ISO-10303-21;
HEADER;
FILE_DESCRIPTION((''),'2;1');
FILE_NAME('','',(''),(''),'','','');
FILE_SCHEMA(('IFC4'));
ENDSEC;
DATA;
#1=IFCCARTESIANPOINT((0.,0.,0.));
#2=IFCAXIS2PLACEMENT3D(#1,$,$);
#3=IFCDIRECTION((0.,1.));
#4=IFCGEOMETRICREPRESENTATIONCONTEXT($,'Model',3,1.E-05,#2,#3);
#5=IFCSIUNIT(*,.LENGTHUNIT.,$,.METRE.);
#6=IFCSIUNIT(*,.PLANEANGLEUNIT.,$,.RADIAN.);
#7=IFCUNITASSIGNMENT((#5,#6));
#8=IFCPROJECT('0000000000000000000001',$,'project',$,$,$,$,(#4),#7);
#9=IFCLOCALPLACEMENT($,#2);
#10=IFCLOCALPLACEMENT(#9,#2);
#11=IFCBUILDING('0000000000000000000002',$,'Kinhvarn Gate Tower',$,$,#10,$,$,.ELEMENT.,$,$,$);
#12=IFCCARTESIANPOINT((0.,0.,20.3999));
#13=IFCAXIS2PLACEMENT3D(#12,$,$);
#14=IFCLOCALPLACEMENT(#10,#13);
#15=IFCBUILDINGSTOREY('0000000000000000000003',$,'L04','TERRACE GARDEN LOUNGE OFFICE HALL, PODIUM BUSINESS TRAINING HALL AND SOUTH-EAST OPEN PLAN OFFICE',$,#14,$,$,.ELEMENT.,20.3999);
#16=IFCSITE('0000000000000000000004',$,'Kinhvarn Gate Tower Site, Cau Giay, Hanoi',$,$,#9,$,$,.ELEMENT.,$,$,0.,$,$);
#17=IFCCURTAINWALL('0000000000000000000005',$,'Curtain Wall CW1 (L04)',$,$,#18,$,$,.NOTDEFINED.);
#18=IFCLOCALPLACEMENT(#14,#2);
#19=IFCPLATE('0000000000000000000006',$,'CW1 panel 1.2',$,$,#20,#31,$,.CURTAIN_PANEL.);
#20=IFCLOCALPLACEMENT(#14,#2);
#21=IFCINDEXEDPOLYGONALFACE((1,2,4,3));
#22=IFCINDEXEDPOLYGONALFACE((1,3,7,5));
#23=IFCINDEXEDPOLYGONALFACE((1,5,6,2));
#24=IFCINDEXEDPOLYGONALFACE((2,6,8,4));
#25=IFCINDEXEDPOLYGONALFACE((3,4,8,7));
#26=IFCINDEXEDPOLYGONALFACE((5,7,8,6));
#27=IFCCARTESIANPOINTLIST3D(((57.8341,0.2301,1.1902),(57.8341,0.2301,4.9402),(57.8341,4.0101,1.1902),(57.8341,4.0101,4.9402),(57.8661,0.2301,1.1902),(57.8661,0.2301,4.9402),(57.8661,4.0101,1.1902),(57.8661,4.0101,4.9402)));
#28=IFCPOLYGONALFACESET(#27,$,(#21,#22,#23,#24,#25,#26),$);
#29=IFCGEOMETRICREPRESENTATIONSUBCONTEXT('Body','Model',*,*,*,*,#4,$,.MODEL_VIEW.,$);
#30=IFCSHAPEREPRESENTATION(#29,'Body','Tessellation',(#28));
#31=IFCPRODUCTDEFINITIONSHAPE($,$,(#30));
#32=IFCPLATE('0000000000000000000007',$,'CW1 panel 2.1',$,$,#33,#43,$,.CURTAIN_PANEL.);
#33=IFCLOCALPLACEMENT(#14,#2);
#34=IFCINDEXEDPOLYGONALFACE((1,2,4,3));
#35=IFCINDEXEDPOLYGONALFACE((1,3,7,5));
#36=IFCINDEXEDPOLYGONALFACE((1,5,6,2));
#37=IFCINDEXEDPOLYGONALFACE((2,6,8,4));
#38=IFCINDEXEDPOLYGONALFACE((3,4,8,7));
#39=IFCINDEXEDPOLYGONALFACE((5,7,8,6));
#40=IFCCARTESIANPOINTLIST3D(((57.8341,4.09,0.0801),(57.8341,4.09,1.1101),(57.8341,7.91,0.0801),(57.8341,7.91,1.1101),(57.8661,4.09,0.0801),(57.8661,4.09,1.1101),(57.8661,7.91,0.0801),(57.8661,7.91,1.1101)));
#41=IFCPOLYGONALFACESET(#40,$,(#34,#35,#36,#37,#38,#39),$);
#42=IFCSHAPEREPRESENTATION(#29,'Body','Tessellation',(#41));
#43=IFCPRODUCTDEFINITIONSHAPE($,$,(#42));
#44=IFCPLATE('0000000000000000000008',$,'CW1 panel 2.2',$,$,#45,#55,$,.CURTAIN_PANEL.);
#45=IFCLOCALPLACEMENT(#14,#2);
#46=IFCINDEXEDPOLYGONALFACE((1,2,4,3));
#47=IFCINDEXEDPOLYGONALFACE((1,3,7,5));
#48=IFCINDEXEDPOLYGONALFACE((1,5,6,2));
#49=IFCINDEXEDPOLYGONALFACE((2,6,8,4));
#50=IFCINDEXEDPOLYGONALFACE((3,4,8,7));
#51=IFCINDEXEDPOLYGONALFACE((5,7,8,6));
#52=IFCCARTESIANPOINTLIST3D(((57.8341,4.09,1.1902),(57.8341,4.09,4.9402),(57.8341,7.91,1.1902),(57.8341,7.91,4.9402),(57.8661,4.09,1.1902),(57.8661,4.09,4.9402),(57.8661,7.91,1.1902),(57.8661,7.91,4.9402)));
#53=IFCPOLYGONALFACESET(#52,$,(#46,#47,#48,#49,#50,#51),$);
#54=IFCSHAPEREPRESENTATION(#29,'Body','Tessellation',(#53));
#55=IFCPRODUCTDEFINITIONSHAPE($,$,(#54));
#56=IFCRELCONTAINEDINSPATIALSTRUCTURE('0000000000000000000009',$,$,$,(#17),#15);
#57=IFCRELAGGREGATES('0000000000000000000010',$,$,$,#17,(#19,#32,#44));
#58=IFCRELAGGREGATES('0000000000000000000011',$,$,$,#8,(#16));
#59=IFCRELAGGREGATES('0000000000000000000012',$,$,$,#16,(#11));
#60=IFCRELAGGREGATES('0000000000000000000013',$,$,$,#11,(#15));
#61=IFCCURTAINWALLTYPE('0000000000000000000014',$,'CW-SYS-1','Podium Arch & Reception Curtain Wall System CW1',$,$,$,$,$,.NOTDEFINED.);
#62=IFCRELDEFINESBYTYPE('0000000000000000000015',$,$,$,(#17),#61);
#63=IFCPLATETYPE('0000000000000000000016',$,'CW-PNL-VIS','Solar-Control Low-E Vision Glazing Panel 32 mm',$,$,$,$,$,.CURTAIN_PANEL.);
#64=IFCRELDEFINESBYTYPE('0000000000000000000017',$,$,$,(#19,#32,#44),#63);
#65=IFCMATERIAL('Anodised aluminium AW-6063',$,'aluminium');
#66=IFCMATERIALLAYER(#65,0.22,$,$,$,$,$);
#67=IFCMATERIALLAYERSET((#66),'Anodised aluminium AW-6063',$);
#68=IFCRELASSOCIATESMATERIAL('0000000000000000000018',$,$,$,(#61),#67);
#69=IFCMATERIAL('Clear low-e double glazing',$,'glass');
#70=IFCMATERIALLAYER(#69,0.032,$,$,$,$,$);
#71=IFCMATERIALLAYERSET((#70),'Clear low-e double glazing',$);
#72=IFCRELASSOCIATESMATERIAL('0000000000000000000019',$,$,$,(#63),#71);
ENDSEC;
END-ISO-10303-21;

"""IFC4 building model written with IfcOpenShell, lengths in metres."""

from ifc_helpers import new_model, si_unit, direction, frame, origin, origin_2d, place, context, subcontext, project, spatial, rectangle, extrude, material, layer, layer_set, type_object, element, aggregate, save


model = new_model("IFC4")

# Units and contexts
model_context = context("Model", 3, precision=1e-05, world=origin(), true_north=direction((0.0, 1.0)))
body_context = subcontext(model_context, "Body", "Model", "MODEL_VIEW")
ifc_project = project(units=[si_unit("LENGTHUNIT", "METRE"), si_unit("PLANEANGLEUNIT", "RADIAN")], contexts=[model_context])

# Site, building, storey
site_placement = place(None, origin())
site = spatial("IfcSite", under=ifc_project, at=site_placement, Name="Kinhvarn Gate Tower Site, Cau Giay, Hanoi", CompositionType="ELEMENT", RefElevation=0.0)
building_placement = place(site_placement, origin())
building = spatial("IfcBuilding", under=site, at=building_placement, Name="Kinhvarn Gate Tower", CompositionType="ELEMENT")
storey_placement = place(building_placement, frame((0.0, 0.0, 20.3999)))
storey = spatial("IfcBuildingStorey", under=building, at=storey_placement, Name="L04", Description="TERRACE GARDEN LOUNGE OFFICE HALL, PODIUM BUSINESS TRAINING HALL AND SOUTH-EAST OPEN PLAN OFFICE", CompositionType="ELEMENT", Elevation=20.3999)

# Shared definitions
ifc_material_1 = material(Name="Anodised aluminium AW-6063", Category="aluminium")
ifc_layer_1 = layer(ifc_material_1, 0.22)
ifc_layer_set_1 = layer_set([ifc_layer_1], Name="Anodised aluminium AW-6063")
curtain_wall_type = type_object("IfcCurtainWallType", Name="CW-SYS-1", Description="Podium Arch & Reception Curtain Wall System CW1", PredefinedType="NOTDEFINED", material=ifc_layer_set_1)

# Curtain wall
curtain_wall_1_placement = place(storey_placement, origin())
curtain_wall_1 = element("IfcCurtainWall", 1, at=curtain_wall_1_placement, inside=storey, type_object=curtain_wall_type, Name="Curtain Wall CW1 (L04)", PredefinedType="NOTDEFINED")

# Plates
ifc_material_2 = material(Name="Clear low-e double glazing", Category="glass")
ifc_layer_2 = layer(ifc_material_2, 0.032)
ifc_layer_set_2 = layer_set([ifc_layer_2], Name="Clear low-e double glazing")
plate_type = type_object("IfcPlateType", Name="CW-PNL-VIS", Description="Solar-Control Low-E Vision Glazing Panel 32 mm", PredefinedType="CURTAIN_PANEL", material=ifc_layer_set_2)
plate_1_placement = place(storey_placement, frame((57.8501, 2.1201, 1.1902), z_axis=(0.0, 0.0, 1.0), x_axis=(0.0, 1.0, 0.0)))
plate_1 = element("IfcPlate", 2, at=plate_1_placement, type_object=plate_type, Name="CW1 panel 1.2", PredefinedType="CURTAIN_PANEL", context=body_context, shape_type="SweptSolid", body=[
    extrude(rectangle(XDim=3.78, YDim=0.032, at=origin_2d()), origin(), (0.0, 0.0, 1.0), 3.75),
])
plate_2_placement = place(storey_placement, frame((57.8501, 6.0, 0.0801), z_axis=(0.0, 0.0, 1.0), x_axis=(0.0, 1.0, 0.0)))
plate_2 = element("IfcPlate", 3, at=plate_2_placement, type_object=plate_type, Name="CW1 panel 2.1", PredefinedType="CURTAIN_PANEL", context=body_context, shape_type="SweptSolid", body=[
    extrude(rectangle(XDim=3.8201, YDim=0.032, at=origin_2d()), origin(), (0.0, 0.0, 1.0), 1.03),
])
plate_3_placement = place(storey_placement, frame((57.8501, 6.0, 1.1902), z_axis=(0.0, 0.0, 1.0), x_axis=(0.0, 1.0, 0.0)))
plate_3 = element("IfcPlate", 4, at=plate_3_placement, type_object=plate_type, Name="CW1 panel 2.2", PredefinedType="CURTAIN_PANEL", context=body_context, shape_type="SweptSolid", body=[
    extrude(rectangle(XDim=3.8201, YDim=0.032, at=origin_2d()), origin(), (0.0, 0.0, 1.0), 3.75),
])
aggregate(curtain_wall_1, [plate_1, plate_2, plate_3])

save(model, "model.ifc")
